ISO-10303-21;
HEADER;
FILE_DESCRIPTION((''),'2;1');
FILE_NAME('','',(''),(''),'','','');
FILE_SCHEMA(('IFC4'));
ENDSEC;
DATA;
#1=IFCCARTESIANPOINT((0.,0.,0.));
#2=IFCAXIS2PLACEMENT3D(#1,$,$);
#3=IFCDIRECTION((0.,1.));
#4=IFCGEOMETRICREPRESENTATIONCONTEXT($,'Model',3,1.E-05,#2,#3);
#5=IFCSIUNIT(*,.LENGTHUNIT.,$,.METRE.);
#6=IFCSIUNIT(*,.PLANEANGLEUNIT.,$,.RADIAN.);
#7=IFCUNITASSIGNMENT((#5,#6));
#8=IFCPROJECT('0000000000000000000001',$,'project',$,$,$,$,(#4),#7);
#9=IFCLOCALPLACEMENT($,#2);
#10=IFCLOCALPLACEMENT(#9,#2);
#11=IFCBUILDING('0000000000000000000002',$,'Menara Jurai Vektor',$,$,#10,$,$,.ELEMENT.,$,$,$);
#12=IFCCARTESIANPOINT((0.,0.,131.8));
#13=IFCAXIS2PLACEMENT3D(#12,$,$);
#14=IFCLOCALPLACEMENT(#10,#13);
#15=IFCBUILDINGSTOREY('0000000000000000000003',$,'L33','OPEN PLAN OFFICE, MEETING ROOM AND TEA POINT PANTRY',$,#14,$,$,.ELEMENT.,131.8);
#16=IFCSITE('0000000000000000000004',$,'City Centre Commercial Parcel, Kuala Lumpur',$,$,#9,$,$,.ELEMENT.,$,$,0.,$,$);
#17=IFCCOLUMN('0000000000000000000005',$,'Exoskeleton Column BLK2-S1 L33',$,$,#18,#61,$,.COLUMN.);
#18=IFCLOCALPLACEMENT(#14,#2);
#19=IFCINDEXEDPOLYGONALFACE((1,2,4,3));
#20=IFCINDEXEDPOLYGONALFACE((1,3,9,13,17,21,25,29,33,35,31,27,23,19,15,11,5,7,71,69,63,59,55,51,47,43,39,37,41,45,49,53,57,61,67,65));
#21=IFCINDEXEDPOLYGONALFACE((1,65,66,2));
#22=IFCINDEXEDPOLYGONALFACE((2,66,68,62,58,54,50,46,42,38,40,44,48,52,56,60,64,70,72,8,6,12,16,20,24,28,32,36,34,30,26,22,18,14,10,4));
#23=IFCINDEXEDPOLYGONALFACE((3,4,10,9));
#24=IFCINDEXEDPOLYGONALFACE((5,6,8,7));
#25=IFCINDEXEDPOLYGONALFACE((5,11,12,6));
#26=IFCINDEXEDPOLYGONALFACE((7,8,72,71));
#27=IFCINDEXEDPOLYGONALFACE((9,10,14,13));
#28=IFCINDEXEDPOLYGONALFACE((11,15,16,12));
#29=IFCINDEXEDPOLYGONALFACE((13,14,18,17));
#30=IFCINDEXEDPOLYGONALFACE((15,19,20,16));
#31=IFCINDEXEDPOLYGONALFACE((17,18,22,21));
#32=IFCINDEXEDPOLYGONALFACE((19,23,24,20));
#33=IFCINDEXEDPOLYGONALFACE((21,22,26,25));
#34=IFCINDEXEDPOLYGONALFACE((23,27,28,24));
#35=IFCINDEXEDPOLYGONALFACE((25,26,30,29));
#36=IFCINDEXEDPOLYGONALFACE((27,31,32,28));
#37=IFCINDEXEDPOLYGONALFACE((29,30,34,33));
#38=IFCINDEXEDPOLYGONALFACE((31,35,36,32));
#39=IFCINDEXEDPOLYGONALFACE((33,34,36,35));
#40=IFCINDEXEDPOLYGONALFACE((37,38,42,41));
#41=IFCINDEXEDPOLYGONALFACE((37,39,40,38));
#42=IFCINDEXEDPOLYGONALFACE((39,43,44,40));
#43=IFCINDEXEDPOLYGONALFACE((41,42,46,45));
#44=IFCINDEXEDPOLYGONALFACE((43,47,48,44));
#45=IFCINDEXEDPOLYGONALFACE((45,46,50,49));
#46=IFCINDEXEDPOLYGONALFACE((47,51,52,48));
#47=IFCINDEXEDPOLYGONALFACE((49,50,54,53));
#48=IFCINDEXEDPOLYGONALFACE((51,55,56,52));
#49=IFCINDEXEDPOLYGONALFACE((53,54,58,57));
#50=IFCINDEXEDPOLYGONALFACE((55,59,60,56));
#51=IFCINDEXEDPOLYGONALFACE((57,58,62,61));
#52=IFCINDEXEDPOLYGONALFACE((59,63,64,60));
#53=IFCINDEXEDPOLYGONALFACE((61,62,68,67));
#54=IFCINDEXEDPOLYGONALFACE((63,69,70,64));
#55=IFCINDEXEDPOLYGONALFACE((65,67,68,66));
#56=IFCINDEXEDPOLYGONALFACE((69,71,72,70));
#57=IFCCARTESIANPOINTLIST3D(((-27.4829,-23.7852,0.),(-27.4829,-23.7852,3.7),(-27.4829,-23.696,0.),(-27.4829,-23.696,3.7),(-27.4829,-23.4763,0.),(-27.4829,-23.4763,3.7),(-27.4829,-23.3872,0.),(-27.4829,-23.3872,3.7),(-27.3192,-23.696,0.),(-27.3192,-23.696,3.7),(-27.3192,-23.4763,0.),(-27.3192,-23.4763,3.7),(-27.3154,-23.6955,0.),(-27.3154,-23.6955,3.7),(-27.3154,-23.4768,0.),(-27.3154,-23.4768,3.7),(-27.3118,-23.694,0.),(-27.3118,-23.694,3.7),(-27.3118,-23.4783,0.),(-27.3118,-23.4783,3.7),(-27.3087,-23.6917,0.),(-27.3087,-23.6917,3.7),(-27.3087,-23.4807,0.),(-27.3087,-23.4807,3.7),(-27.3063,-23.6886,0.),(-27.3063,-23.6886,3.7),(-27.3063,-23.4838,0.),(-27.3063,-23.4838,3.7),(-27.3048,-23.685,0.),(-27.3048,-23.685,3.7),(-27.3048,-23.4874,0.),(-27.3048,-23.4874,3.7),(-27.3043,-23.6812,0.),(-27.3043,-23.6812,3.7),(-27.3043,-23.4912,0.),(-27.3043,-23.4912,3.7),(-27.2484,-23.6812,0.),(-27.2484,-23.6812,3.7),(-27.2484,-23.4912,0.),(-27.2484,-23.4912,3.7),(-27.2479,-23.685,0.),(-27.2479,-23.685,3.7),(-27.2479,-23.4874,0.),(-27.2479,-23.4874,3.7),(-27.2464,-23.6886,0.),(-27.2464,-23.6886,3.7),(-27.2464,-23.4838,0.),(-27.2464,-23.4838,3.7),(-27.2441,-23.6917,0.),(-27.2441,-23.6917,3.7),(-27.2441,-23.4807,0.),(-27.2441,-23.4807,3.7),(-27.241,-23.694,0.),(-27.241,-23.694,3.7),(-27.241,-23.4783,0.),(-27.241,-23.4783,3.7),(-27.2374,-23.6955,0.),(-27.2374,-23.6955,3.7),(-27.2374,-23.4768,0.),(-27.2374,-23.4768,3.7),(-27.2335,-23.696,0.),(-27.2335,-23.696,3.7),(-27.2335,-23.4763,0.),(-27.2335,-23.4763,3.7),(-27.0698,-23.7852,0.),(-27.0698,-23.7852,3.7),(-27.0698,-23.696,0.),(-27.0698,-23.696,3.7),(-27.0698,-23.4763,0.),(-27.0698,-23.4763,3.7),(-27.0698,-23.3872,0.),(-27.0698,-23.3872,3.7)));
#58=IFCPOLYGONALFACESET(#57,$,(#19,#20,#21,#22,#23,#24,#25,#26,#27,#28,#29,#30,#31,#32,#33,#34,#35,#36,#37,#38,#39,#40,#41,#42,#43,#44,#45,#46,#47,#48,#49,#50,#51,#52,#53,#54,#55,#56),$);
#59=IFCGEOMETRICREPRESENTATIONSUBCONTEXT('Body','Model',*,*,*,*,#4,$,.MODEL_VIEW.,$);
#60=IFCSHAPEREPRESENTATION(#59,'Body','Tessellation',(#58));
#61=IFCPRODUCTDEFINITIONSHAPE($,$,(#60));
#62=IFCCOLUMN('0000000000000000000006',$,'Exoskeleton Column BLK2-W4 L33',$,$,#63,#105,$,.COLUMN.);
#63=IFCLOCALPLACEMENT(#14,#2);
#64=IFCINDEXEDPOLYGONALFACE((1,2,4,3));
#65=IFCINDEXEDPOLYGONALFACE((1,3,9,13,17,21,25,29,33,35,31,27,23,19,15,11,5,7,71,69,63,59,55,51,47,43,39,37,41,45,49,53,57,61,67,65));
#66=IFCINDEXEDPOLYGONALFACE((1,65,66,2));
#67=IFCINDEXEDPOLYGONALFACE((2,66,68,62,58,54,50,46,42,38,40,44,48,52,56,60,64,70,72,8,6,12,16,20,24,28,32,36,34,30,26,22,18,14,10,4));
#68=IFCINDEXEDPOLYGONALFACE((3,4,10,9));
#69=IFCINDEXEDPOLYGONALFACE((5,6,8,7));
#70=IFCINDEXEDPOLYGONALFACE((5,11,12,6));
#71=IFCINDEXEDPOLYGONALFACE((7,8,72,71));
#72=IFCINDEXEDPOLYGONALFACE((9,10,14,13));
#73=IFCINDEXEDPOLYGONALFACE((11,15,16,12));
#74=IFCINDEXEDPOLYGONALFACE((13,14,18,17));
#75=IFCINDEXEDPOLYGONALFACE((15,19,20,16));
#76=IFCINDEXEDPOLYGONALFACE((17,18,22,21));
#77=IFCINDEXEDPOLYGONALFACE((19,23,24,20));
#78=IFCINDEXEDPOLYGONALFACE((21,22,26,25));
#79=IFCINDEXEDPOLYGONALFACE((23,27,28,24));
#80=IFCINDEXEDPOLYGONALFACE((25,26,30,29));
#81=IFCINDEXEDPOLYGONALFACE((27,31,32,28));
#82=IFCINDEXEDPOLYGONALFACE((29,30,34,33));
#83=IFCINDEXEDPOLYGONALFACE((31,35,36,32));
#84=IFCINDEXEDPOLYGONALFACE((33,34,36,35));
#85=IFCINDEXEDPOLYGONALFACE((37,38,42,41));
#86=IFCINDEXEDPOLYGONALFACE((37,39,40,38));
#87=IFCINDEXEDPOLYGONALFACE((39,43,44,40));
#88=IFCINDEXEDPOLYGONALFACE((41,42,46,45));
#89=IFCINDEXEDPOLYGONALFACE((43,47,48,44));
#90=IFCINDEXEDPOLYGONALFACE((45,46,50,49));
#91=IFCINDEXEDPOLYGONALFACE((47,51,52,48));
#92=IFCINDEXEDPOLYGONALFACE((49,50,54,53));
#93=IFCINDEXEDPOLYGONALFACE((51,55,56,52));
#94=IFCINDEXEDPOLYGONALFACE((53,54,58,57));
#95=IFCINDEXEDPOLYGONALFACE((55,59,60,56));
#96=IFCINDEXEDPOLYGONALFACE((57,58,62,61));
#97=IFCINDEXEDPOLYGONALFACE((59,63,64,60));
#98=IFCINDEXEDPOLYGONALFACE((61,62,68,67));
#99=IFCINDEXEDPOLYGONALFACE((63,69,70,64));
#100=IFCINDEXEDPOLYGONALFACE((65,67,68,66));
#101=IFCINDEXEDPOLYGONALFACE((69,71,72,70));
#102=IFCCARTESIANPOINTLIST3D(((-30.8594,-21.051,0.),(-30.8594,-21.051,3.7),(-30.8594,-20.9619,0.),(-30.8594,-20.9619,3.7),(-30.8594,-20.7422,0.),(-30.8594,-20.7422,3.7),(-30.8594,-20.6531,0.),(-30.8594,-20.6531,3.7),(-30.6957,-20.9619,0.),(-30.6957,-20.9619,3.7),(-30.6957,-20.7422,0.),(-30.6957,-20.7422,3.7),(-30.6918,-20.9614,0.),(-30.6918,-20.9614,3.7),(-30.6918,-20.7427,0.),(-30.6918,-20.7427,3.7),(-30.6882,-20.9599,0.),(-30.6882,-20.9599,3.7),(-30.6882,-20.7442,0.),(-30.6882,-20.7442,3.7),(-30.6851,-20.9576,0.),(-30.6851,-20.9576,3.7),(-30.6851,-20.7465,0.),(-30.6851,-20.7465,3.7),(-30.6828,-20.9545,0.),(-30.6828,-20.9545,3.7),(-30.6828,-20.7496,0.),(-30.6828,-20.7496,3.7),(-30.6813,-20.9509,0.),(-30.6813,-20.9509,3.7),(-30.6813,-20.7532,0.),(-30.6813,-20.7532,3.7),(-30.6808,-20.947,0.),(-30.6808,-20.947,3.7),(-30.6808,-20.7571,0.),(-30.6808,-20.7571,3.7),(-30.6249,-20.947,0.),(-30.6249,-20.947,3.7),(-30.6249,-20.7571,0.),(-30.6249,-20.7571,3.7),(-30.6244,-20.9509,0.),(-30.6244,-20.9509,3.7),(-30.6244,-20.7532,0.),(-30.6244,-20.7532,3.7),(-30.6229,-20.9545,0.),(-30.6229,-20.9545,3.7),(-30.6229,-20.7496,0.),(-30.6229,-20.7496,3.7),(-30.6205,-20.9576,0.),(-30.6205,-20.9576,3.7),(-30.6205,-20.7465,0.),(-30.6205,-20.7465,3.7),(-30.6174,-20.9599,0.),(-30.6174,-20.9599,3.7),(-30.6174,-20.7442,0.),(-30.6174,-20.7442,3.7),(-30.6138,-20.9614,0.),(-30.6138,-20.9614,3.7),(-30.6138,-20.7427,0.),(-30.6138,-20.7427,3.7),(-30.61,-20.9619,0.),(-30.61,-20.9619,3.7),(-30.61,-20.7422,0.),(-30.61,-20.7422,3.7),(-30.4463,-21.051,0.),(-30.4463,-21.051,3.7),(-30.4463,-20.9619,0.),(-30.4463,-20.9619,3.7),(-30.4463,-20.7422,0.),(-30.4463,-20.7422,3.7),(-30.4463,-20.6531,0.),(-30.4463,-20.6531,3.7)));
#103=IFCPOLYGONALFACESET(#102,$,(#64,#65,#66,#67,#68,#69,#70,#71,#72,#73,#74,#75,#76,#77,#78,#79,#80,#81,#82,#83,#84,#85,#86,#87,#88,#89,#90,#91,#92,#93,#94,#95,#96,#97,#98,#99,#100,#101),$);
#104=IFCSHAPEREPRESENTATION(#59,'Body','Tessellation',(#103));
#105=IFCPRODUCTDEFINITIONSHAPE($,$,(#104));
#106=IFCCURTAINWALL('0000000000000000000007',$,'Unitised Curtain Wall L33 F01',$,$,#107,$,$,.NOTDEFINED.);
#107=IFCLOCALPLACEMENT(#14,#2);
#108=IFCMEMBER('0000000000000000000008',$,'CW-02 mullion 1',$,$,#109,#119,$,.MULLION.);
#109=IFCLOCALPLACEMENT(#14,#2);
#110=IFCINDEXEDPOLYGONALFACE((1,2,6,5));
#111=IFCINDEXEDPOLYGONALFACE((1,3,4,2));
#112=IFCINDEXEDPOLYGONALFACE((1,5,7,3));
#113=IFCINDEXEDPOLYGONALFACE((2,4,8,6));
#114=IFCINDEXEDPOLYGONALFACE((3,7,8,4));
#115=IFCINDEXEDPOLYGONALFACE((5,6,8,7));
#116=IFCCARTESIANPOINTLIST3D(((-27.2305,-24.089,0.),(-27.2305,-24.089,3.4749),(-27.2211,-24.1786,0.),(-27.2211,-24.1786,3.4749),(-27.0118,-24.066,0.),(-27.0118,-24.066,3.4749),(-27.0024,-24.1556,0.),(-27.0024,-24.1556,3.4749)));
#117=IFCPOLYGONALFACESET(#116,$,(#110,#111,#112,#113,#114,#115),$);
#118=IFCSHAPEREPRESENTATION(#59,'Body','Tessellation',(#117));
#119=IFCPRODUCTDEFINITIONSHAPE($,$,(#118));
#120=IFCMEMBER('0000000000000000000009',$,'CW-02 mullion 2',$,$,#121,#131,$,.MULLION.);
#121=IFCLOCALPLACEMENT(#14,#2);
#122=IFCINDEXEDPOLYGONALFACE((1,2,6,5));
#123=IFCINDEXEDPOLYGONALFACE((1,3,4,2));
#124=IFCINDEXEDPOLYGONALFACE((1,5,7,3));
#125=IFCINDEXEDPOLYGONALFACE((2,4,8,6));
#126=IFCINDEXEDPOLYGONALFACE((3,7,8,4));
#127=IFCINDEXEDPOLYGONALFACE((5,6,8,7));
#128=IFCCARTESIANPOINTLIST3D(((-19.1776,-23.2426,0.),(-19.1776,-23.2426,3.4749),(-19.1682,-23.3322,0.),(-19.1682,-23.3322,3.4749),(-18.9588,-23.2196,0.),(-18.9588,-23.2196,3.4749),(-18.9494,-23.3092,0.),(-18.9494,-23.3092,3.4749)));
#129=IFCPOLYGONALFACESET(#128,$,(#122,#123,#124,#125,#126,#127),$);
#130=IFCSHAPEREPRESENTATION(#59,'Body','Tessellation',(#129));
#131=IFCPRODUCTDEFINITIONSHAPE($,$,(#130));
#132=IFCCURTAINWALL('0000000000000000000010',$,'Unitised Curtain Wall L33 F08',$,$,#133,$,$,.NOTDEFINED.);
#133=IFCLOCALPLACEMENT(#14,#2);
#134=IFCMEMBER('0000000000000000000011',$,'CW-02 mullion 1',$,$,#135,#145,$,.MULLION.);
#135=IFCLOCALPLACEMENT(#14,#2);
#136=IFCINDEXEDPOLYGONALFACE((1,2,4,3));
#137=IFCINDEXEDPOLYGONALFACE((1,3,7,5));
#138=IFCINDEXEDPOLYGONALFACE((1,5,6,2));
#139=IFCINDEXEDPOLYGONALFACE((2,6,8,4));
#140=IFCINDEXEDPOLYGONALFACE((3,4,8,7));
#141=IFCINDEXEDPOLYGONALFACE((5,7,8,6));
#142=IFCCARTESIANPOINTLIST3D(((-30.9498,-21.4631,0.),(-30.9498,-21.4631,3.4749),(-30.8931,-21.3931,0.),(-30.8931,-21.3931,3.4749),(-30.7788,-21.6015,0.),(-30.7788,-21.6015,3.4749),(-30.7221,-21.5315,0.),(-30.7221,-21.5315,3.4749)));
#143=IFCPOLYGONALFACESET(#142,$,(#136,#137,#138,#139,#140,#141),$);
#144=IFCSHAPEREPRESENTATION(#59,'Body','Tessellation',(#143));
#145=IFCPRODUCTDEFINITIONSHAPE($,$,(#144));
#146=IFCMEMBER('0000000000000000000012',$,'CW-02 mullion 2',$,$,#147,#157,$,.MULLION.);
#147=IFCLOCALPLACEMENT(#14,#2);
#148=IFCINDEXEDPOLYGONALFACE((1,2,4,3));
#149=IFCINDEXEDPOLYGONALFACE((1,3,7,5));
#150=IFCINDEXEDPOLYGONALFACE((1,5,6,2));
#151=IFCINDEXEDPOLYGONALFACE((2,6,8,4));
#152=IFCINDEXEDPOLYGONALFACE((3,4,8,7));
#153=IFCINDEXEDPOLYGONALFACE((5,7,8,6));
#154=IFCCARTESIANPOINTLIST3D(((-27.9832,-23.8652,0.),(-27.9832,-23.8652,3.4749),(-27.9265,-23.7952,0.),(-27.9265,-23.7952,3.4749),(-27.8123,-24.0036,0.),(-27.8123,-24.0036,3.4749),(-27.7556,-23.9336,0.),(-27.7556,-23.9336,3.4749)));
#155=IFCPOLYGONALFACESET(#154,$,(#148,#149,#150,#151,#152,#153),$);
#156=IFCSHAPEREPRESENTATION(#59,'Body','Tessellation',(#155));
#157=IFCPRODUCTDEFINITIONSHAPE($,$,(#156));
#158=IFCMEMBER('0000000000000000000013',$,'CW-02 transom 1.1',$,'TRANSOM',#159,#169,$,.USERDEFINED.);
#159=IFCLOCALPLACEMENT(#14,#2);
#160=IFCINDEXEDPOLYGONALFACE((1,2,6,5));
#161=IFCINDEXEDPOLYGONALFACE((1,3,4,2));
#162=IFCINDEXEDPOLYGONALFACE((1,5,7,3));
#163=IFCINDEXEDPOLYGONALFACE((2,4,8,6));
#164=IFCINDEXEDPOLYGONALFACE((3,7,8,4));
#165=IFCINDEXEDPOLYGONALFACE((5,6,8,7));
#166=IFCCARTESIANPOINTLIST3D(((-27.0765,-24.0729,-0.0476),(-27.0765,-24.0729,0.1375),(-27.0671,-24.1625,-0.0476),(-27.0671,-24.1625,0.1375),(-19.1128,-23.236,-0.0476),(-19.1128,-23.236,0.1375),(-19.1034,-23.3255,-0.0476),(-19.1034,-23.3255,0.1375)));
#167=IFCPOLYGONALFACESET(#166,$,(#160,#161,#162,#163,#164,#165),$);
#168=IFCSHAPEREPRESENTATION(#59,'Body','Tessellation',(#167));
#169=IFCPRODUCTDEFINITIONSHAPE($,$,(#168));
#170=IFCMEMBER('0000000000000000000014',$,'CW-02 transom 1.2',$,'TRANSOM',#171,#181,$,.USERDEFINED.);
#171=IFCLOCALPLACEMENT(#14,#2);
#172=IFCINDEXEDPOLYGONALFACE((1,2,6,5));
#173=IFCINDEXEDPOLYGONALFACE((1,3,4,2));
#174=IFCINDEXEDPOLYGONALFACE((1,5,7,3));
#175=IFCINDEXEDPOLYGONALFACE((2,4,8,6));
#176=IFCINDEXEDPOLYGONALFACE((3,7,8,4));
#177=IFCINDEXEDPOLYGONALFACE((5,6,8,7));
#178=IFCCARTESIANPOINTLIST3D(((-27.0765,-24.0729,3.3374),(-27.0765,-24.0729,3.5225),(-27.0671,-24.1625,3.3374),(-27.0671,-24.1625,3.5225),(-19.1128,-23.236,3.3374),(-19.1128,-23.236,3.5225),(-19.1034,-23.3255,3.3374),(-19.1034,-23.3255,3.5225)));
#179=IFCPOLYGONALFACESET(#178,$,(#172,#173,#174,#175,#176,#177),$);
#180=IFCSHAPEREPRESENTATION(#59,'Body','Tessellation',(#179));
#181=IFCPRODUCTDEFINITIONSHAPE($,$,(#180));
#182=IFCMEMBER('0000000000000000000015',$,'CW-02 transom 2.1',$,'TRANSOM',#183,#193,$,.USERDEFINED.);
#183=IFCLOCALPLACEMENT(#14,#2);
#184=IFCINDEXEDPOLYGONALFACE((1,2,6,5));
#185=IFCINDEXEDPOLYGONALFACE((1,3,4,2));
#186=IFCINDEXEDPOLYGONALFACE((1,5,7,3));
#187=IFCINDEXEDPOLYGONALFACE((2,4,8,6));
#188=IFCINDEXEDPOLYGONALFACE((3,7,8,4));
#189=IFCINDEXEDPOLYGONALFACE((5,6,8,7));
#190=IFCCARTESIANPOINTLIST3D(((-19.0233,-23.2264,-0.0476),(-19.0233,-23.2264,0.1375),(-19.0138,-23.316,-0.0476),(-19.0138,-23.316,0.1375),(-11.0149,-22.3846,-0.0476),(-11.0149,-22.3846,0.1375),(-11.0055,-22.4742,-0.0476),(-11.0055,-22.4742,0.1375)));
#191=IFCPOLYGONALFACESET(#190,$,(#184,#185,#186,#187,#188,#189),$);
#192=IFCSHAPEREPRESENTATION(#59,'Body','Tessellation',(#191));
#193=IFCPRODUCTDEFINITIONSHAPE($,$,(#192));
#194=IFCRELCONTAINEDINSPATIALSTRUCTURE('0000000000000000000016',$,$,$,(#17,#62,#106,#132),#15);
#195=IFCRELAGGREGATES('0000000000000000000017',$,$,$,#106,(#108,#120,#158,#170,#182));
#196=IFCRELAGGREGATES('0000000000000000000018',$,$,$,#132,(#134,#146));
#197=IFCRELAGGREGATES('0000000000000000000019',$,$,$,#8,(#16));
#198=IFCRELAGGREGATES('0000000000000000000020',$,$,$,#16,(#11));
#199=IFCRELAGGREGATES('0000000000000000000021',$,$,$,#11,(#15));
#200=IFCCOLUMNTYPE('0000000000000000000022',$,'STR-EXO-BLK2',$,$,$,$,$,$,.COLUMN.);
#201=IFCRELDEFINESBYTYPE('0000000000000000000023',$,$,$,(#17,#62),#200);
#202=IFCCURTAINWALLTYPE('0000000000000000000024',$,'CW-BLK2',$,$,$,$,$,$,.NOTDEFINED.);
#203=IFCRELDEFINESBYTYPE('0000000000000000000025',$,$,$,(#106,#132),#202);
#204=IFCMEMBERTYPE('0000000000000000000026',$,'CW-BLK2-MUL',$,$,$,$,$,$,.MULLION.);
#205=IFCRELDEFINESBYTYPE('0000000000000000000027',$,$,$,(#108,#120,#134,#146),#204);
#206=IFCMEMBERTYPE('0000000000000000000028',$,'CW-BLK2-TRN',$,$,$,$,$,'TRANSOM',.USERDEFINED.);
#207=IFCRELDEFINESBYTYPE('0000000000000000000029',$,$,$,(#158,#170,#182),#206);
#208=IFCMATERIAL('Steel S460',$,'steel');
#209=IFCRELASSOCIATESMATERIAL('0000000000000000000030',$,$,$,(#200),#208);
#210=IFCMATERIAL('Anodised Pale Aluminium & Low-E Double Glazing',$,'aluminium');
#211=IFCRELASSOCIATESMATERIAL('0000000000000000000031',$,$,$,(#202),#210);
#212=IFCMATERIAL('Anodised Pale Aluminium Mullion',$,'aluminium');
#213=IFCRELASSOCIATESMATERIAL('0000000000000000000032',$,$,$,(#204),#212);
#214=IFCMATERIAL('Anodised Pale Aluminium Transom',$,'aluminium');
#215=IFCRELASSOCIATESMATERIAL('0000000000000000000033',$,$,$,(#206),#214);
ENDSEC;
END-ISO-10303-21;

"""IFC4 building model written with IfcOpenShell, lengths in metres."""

from ifc_helpers import new_model, si_unit, direction, frame, origin, origin_2d, place, context, subcontext, project, spatial, rectangle, i_section, extrude, material, material_profile, profile_set, type_object, element, aggregate, save


model = new_model("IFC4")

# Units and contexts
model_context = context("Model", 3, precision=1e-05, world=origin(), true_north=direction((0.0, 1.0)))
body_context = subcontext(model_context, "Body", "Model", "MODEL_VIEW")
ifc_project = project(units=[si_unit("LENGTHUNIT", "METRE"), si_unit("PLANEANGLEUNIT", "RADIAN")], contexts=[model_context])

# Site, building, storey
site_placement = place(None, origin())
site = spatial("IfcSite", under=ifc_project, at=site_placement, Name="City Centre Commercial Parcel, Kuala Lumpur", CompositionType="ELEMENT", RefElevation=0.0)
building_placement = place(site_placement, origin())
building = spatial("IfcBuilding", under=site, at=building_placement, Name="Menara Jurai Vektor", CompositionType="ELEMENT")
storey_placement = place(building_placement, frame((0.0, 0.0, 131.8)))
storey = spatial("IfcBuildingStorey", under=building, at=storey_placement, Name="L33", Description="OPEN PLAN OFFICE, MEETING ROOM AND TEA POINT PANTRY", CompositionType="ELEMENT", Elevation=131.8)

# Columns
ifc_material_1 = material(Name="Steel S460", Category="steel")
ifc_material_profile_1 = material_profile(ifc_material_1, i_section(OverallWidth=0.4131, OverallDepth=0.3979, WebThickness=0.0559, FlangeThickness=0.0891, FilletRadius=0.0149, at=origin_2d()), Name="HD 400x744")
ifc_profile_set_1 = profile_set([ifc_material_profile_1], Name="Steel S460")
column_type = type_object("IfcColumnType", Name="STR-EXO-BLK2", PredefinedType="COLUMN", material=ifc_profile_set_1)
for number, where, z_axis, x_axis, name in (
    (1, (-27.2764, -23.5862, 0.0), (0.0, 0.0, 1.0), (1.0, 0.0, 0.0), "Exoskeleton Column BLK2-S1 L33"),
    (2, (-30.6528, -20.8521, 0.0), (0.0, 0.0, 1.0), (1.0, 0.0, 0.0), "Exoskeleton Column BLK2-W4 L33"),
):
    element("IfcColumn", number, at=place(storey_placement, frame(where, z_axis=z_axis, x_axis=x_axis)), inside=storey, type_object=column_type, Name=name, PredefinedType="COLUMN", context=body_context, shape_type="SweptSolid", body=[
        extrude(i_section(OverallWidth=0.4131, OverallDepth=0.3979, WebThickness=0.0559, FlangeThickness=0.0891, FilletRadius=0.0149, at=origin_2d()), origin(), (0.0, 0.0, 1.0), 3.7),
    ])

# Curtain walls, members
ifc_material_2 = material(Name="Anodised Pale Aluminium & Low-E Double Glazing", Category="aluminium")
curtain_wall_type = type_object("IfcCurtainWallType", Name="CW-BLK2", PredefinedType="NOTDEFINED", material=ifc_material_2)
curtain_wall_1_placement = place(storey_placement, origin())
curtain_wall_1 = element("IfcCurtainWall", 3, at=curtain_wall_1_placement, inside=storey, type_object=curtain_wall_type, Name="Unitised Curtain Wall L33 F01", PredefinedType="NOTDEFINED")
ifc_material_3 = material(Name="Anodised Pale Aluminium Mullion", Category="aluminium")
ifc_material_profile_2 = material_profile(ifc_material_3, rectangle(XDim=0.0901, YDim=0.22, at=origin_2d()), Name="ALU MUL 90x220")
ifc_profile_set_2 = profile_set([ifc_material_profile_2], Name="Anodised Pale Aluminium Mullion")
member_type_1 = type_object("IfcMemberType", Name="CW-BLK2-MUL", PredefinedType="MULLION", material=ifc_profile_set_2)
member_1_placement = place(storey_placement, frame((-27.1165, -24.1223, 0.0), z_axis=(0.0, 0.0, 1.0), x_axis=(-0.104529, 0.994522, 0.0)))
member_1 = element("IfcMember", 4, at=member_1_placement, type_object=member_type_1, Name="CW-02 mullion 1", PredefinedType="MULLION", context=body_context, shape_type="SweptSolid", body=[
    extrude(rectangle(XDim=0.0901, YDim=0.22, at=origin_2d()), origin(), (0.0, 0.0, 1.0), 3.4749),
])
member_2_placement = place(storey_placement, frame((-19.0635, -23.2759, 0.0), z_axis=(0.0, 0.0, 1.0), x_axis=(-0.104529, 0.994522, 0.0)))
member_2 = element("IfcMember", 5, at=member_2_placement, type_object=member_type_1, Name="CW-02 mullion 2", PredefinedType="MULLION", context=body_context, shape_type="SweptSolid", body=[
    extrude(rectangle(XDim=0.0901, YDim=0.22, at=origin_2d()), origin(), (0.0, 0.0, 1.0), 3.4749),
])
curtain_wall_2_placement = place(storey_placement, origin())
curtain_wall_2 = element("IfcCurtainWall", 6, at=curtain_wall_2_placement, inside=storey, type_object=curtain_wall_type, Name="Unitised Curtain Wall L33 F08", PredefinedType="NOTDEFINED")
member_3_placement = place(storey_placement, frame((-30.8359, -21.4973, 0.0), z_axis=(0.0, 0.0, 1.0), x_axis=(0.629313, 0.777152, 0.0)))
member_3 = element("IfcMember", 7, at=member_3_placement, type_object=member_type_1, Name="CW-02 mullion 1", PredefinedType="MULLION", context=body_context, shape_type="SweptSolid", body=[
    extrude(rectangle(XDim=0.0901, YDim=0.22, at=origin_2d()), origin(), (0.0, 0.0, 1.0), 3.4749),
])
member_4_placement = place(storey_placement, frame((-27.8694, -23.8994, 0.0), z_axis=(0.0, 0.0, 1.0), x_axis=(0.629313, 0.777152, 0.0)))
member_4 = element("IfcMember", 8, at=member_4_placement, type_object=member_type_1, Name="CW-02 mullion 2", PredefinedType="MULLION", context=body_context, shape_type="SweptSolid", body=[
    extrude(rectangle(XDim=0.0901, YDim=0.22, at=origin_2d()), origin(), (0.0, 0.0, 1.0), 3.4749),
])

# Members
ifc_material_4 = material(Name="Anodised Pale Aluminium Transom", Category="aluminium")
ifc_material_profile_3 = material_profile(ifc_material_4, rectangle(XDim=0.0901, YDim=0.1851, at=origin_2d()), Name="ALU TRN 90x185")
ifc_profile_set_3 = profile_set([ifc_material_profile_3], Name="Anodised Pale Aluminium Transom")
member_type_2 = type_object("IfcMemberType", Name="CW-BLK2-TRN", ElementType="TRANSOM", PredefinedType="USERDEFINED", material=ifc_profile_set_3)
member_5_placement = place(storey_placement, frame((-27.0718, -24.1177, 0.0449), z_axis=(0.994523, 0.104517, 0.0), x_axis=(-0.104517, 0.994523, 0.0)))
member_5 = element("IfcMember", 9, at=member_5_placement, type_object=member_type_2, Name="CW-02 transom 1.1", ObjectType="TRANSOM", PredefinedType="USERDEFINED", context=body_context, shape_type="SweptSolid", body=[
    extrude(rectangle(XDim=0.0901, YDim=0.1851, at=origin_2d()), origin(), (0.0, 0.0, 1.0), 8.0076),
])
member_6_placement = place(storey_placement, frame((-27.0718, -24.1177, 3.4299), z_axis=(0.994523, 0.104517, 0.0), x_axis=(-0.104517, 0.994523, 0.0)))
member_6 = element("IfcMember", 10, at=member_6_placement, type_object=member_type_2, Name="CW-02 transom 1.2", ObjectType="TRANSOM", PredefinedType="USERDEFINED", context=body_context, shape_type="SweptSolid", body=[
    extrude(rectangle(XDim=0.0901, YDim=0.1851, at=origin_2d()), origin(), (0.0, 0.0, 1.0), 8.0076),
])
member_7_placement = place(storey_placement, frame((-19.0186, -23.2712, 0.0449), z_axis=(0.994521, 0.10454, 0.0), x_axis=(-0.10454, 0.994521, 0.0)))
member_7 = element("IfcMember", 11, at=member_7_placement, type_object=member_type_2, Name="CW-02 transom 2.1", ObjectType="TRANSOM", PredefinedType="USERDEFINED", context=body_context, shape_type="SweptSolid", body=[
    extrude(rectangle(XDim=0.0901, YDim=0.1851, at=origin_2d()), origin(), (0.0, 0.0, 1.0), 8.0525),
])

aggregate(curtain_wall_1, [member_1, member_2, member_5, member_6, member_7])
aggregate(curtain_wall_2, [member_3, member_4])

save(model, "model.ifc")
